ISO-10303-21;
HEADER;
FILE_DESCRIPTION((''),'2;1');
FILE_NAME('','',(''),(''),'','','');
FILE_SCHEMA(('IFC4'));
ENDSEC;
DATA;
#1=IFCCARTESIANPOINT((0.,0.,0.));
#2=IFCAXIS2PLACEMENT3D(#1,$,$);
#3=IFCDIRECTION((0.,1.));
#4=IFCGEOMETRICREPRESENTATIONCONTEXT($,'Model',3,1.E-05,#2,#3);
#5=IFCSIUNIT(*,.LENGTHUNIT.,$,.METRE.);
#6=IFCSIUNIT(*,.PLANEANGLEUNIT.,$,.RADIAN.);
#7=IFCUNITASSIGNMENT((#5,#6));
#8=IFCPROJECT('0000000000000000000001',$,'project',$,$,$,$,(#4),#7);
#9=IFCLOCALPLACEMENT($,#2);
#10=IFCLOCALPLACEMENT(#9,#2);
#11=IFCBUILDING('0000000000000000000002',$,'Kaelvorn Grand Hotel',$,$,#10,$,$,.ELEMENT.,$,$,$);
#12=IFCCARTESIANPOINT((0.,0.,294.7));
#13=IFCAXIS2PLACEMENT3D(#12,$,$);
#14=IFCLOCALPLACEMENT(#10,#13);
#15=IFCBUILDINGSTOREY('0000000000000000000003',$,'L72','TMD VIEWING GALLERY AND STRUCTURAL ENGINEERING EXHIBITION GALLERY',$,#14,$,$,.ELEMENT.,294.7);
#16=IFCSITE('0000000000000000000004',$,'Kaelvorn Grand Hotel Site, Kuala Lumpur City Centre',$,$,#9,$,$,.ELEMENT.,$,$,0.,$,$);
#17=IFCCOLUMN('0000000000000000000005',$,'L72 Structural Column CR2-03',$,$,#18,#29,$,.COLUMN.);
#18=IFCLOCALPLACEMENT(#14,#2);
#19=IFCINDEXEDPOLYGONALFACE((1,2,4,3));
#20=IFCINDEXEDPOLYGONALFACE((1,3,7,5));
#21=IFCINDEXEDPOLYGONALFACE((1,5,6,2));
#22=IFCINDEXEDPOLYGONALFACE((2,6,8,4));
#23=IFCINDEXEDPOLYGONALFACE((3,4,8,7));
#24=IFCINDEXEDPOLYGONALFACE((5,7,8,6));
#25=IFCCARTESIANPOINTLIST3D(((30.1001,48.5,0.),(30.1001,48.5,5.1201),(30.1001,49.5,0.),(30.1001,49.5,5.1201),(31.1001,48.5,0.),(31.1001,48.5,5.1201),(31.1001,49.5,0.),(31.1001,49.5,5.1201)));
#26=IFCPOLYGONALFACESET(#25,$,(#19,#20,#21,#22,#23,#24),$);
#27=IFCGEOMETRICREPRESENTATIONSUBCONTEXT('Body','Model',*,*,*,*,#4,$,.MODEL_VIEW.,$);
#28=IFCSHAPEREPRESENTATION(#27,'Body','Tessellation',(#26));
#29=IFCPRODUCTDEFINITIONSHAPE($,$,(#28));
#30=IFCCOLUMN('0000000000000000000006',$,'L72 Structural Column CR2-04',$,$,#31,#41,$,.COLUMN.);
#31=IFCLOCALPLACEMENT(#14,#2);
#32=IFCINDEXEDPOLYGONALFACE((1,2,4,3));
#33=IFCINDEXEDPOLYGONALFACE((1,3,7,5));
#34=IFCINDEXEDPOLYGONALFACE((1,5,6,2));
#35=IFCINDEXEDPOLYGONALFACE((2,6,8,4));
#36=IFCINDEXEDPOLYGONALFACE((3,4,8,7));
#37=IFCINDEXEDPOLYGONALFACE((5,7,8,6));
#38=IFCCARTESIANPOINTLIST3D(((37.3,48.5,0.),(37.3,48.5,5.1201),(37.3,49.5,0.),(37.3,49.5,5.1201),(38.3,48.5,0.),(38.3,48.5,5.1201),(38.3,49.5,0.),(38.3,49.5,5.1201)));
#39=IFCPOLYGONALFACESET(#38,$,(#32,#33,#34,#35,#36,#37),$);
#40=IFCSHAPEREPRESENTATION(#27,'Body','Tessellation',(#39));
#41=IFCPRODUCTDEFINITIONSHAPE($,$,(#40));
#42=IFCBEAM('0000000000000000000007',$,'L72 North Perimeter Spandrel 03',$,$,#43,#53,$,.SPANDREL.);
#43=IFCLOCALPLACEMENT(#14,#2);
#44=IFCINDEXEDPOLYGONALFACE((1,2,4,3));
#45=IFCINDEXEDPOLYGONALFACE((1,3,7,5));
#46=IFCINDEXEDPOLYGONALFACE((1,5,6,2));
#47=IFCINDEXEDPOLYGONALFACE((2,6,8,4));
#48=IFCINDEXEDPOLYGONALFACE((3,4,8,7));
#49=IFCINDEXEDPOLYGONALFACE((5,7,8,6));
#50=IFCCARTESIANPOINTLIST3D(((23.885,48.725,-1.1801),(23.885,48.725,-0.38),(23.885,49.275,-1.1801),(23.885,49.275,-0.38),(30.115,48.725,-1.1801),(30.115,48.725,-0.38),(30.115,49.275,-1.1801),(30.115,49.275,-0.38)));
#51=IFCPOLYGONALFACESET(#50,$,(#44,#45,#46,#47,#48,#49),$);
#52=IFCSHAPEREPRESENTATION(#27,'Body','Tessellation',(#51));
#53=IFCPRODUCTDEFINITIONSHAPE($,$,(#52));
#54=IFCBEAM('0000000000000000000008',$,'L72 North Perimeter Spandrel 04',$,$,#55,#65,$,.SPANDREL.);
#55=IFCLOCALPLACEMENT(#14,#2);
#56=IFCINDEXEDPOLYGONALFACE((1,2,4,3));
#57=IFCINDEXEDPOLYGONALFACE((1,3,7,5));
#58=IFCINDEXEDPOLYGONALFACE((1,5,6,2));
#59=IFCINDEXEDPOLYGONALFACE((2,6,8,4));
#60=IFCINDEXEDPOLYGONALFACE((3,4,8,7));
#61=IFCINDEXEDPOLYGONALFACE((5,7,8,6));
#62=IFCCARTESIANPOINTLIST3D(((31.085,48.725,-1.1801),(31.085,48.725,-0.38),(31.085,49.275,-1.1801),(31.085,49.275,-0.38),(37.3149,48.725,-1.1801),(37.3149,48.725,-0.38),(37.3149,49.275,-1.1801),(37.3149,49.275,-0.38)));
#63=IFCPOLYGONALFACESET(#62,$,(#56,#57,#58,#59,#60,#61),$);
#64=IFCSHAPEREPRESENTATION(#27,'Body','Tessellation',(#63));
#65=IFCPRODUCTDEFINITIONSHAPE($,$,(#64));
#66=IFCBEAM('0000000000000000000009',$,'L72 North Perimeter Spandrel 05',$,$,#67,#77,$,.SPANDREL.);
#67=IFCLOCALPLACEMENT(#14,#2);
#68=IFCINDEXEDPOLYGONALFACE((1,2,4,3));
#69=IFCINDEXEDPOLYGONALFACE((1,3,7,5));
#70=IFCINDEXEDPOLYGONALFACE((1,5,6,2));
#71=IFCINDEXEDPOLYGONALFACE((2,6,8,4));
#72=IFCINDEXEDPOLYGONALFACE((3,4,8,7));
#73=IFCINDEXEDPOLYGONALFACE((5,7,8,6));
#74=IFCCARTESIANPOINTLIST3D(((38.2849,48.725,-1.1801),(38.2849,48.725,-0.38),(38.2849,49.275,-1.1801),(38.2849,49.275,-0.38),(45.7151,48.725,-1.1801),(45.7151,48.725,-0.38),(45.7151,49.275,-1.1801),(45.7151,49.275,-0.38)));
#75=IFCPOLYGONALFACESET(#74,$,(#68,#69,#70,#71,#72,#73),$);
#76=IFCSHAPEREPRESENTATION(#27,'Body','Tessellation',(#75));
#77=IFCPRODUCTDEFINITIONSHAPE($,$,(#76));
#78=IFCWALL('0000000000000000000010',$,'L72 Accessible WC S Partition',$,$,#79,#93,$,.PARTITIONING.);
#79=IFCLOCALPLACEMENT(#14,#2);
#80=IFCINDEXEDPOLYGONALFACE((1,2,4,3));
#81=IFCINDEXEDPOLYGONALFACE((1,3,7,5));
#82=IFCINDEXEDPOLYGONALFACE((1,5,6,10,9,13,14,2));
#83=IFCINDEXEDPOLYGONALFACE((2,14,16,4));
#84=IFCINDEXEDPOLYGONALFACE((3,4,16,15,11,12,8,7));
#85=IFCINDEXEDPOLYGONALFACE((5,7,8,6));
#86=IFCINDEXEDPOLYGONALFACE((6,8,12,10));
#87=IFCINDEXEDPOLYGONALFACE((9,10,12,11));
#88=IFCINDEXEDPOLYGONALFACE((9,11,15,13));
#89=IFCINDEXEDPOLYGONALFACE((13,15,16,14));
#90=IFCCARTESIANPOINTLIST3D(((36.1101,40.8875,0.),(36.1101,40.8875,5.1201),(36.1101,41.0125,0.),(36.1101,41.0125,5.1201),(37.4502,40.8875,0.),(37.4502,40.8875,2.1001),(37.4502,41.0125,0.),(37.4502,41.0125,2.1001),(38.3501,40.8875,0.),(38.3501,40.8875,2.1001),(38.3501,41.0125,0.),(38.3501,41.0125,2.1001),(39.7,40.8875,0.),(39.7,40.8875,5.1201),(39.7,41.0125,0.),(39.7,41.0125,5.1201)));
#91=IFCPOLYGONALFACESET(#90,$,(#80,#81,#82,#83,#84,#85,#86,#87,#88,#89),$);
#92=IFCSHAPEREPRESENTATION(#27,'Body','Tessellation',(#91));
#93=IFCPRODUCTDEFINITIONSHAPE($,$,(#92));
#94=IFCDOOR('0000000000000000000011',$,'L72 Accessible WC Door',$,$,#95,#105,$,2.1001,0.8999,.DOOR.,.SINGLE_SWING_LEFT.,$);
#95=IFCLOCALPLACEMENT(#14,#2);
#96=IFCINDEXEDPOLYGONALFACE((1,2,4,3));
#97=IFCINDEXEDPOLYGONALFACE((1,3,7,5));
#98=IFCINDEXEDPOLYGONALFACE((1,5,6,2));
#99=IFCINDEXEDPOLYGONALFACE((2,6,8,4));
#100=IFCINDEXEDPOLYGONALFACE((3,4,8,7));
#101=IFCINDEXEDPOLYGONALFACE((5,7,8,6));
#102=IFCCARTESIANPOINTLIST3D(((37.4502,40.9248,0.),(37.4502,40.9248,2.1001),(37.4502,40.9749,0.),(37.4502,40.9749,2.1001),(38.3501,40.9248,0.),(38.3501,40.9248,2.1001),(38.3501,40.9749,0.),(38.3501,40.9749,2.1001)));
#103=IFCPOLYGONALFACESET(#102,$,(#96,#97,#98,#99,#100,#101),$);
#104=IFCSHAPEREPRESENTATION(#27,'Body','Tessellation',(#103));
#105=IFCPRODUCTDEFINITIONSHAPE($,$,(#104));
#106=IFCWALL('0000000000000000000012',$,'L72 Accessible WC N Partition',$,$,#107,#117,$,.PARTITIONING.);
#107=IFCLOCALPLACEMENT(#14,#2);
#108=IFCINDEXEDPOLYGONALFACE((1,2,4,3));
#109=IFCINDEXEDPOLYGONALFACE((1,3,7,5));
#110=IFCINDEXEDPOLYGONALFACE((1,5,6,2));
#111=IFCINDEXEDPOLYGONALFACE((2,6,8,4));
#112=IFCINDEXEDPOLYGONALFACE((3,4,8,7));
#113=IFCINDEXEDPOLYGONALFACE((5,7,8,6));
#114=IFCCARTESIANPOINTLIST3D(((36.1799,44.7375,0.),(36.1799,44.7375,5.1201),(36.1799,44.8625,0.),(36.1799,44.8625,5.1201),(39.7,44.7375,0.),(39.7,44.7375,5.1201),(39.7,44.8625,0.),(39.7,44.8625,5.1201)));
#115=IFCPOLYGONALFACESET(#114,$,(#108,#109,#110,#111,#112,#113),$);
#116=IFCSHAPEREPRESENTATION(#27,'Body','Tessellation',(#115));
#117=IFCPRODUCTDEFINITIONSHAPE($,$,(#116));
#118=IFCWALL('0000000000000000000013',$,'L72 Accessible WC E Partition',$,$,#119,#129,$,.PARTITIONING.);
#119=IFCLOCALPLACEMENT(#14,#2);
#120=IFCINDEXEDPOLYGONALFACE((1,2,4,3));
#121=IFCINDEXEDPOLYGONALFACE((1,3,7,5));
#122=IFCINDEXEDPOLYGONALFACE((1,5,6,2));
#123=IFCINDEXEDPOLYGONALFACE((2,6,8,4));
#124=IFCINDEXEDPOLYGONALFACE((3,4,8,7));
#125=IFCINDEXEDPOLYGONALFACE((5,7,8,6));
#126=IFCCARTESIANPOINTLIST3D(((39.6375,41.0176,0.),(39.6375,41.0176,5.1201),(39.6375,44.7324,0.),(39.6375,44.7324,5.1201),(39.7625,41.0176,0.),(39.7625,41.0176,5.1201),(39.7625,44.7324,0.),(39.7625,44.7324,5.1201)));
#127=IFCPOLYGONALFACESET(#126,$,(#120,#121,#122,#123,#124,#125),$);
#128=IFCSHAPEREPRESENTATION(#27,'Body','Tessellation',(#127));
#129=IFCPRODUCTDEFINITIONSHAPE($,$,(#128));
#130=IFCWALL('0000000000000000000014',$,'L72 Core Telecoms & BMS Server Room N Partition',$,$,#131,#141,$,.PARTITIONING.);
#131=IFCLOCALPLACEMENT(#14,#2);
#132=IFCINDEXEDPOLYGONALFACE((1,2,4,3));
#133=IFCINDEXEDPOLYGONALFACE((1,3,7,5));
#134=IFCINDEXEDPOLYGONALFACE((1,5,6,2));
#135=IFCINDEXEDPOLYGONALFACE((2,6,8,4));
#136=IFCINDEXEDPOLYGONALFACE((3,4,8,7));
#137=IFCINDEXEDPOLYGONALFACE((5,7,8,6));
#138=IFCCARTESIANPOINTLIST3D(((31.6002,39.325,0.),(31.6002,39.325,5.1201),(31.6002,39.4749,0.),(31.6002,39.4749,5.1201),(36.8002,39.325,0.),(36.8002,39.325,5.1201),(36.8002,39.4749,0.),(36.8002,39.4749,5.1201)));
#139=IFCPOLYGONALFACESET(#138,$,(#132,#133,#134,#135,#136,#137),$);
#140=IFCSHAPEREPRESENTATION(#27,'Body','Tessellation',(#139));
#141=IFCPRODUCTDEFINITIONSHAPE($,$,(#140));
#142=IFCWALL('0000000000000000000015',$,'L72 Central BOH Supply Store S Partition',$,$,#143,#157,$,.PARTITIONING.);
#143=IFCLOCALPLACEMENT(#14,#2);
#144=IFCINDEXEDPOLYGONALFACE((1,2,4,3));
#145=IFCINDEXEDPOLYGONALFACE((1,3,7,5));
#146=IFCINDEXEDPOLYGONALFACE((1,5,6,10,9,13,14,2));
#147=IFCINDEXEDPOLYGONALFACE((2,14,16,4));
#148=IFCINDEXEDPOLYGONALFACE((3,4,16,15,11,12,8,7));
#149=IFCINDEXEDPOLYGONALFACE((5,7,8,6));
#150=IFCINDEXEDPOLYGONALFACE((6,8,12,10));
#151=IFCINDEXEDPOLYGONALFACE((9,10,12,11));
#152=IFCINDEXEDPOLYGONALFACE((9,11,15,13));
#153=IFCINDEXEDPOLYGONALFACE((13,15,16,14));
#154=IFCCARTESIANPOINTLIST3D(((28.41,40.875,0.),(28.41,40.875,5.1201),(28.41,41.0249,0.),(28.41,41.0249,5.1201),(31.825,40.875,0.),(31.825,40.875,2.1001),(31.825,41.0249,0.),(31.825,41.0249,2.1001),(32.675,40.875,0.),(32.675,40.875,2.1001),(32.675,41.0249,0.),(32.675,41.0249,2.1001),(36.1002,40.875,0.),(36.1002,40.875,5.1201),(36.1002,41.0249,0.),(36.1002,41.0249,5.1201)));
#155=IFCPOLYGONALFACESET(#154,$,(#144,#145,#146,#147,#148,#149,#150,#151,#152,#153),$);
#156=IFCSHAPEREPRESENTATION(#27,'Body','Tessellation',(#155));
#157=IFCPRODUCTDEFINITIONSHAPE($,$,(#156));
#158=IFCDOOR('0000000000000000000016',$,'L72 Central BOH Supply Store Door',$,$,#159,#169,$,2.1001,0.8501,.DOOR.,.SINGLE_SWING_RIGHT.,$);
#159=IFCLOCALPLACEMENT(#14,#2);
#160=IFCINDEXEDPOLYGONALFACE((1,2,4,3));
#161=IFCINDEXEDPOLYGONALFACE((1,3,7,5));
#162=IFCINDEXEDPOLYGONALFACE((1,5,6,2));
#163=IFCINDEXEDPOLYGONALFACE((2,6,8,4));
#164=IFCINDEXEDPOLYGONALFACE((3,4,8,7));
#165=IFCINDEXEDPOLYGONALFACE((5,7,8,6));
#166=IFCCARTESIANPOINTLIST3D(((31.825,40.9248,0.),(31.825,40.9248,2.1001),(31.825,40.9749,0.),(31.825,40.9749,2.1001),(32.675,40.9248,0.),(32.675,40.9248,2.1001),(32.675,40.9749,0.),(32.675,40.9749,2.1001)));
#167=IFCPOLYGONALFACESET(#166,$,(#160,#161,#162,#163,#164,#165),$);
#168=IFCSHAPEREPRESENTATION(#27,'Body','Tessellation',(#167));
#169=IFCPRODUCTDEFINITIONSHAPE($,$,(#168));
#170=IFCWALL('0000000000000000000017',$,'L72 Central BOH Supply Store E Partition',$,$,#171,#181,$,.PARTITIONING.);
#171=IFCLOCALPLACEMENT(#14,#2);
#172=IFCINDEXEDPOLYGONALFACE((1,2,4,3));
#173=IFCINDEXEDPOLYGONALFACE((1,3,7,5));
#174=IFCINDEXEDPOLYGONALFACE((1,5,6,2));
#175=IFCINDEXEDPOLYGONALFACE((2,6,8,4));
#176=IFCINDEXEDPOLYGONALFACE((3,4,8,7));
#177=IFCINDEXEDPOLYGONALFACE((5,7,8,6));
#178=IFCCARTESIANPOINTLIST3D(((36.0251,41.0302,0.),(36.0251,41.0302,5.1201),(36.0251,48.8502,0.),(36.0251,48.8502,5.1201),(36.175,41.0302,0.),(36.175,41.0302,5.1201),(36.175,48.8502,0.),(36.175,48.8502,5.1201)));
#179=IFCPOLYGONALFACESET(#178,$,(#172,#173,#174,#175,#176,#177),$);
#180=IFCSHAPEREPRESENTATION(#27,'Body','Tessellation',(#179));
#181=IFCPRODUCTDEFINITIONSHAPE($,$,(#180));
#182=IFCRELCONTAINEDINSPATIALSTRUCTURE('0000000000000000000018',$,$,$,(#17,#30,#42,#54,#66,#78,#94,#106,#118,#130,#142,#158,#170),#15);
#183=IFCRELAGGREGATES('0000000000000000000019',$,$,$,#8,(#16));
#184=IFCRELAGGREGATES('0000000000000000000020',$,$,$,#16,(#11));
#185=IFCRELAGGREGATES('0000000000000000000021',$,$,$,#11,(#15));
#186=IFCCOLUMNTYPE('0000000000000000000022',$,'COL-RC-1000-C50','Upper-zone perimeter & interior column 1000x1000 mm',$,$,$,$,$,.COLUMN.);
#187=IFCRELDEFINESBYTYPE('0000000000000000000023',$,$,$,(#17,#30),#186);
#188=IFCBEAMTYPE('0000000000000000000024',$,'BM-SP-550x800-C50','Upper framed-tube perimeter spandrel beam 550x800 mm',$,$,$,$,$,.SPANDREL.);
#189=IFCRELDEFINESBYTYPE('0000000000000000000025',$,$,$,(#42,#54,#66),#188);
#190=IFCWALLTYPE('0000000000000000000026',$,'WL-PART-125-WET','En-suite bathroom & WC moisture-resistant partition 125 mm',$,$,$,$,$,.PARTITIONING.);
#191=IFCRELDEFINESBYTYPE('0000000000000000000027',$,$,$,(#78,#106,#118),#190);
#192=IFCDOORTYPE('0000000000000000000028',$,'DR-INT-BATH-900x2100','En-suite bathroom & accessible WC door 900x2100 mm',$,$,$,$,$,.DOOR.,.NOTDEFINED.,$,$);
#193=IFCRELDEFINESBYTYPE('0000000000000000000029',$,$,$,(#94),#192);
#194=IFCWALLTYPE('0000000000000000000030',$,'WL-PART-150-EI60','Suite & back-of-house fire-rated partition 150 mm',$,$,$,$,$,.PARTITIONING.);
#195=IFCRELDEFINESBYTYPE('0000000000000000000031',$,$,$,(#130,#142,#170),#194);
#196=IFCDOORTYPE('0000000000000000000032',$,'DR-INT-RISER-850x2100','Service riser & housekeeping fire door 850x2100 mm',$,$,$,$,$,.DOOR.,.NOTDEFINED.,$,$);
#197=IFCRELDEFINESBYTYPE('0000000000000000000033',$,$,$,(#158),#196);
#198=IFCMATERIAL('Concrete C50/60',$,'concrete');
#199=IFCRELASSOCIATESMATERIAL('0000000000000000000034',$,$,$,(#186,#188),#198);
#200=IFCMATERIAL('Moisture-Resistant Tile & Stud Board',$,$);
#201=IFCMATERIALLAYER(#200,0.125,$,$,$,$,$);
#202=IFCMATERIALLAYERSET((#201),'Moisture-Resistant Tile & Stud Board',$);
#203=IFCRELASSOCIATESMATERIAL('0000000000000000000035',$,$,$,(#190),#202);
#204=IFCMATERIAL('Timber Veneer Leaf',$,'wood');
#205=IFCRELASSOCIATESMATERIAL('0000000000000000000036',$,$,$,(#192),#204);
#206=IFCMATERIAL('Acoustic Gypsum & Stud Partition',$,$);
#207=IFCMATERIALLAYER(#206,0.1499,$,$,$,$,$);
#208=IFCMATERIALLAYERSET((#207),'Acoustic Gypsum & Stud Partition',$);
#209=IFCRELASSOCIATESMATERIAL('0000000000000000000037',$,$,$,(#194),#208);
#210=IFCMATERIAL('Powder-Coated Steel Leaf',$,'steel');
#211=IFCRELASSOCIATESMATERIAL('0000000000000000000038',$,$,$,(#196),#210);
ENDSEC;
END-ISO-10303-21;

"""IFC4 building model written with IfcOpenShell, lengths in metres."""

from ifc_helpers import new_model, si_unit, direction, frame, frame_2d, origin, origin_2d, place, context, subcontext, project, spatial, rectangle, extrude, material, layer, layer_set, material_profile, profile_set, type_object, element, fill, save


model = new_model("IFC4")

# Units and contexts
model_context = context("Model", 3, precision=1e-05, world=origin(), true_north=direction((0.0, 1.0)))
body_context = subcontext(model_context, "Body", "Model", "MODEL_VIEW")
ifc_project = project(units=[si_unit("LENGTHUNIT", "METRE"), si_unit("PLANEANGLEUNIT", "RADIAN")], contexts=[model_context])

# Site, building, storey
site_placement = place(None, origin())
site = spatial("IfcSite", under=ifc_project, at=site_placement, Name="Kaelvorn Grand Hotel Site, Kuala Lumpur City Centre", CompositionType="ELEMENT", RefElevation=0.0)
building_placement = place(site_placement, origin())
building = spatial("IfcBuilding", under=site, at=building_placement, Name="Kaelvorn Grand Hotel", CompositionType="ELEMENT")
storey_placement = place(building_placement, frame((0.0, 0.0, 294.7)))
storey = spatial("IfcBuildingStorey", under=building, at=storey_placement, Name="L72", Description="TMD VIEWING GALLERY AND STRUCTURAL ENGINEERING EXHIBITION GALLERY", CompositionType="ELEMENT", Elevation=294.7)

# Columns
ifc_material_1 = material(Name="Concrete C50/60", Category="concrete")
ifc_material_profile_1 = material_profile(ifc_material_1, rectangle(XDim=1.0, YDim=1.0, at=origin_2d()), Name="RC COL 1000x1000")
ifc_profile_set_1 = profile_set([ifc_material_profile_1], Name="Concrete C50/60")
column_type = type_object("IfcColumnType", Name="COL-RC-1000-C50", Description="Upper-zone perimeter & interior column 1000x1000 mm", PredefinedType="COLUMN", material=ifc_profile_set_1)
for number, where, z_axis, x_axis, name in (
    (1, (30.6001, 49.0, 0.0), (0.0, 0.0, 1.0), (1.0, 0.0, 0.0), "L72 Structural Column CR2-03"),
    (2, (37.8, 49.0, 0.0), (0.0, 0.0, 1.0), (1.0, 0.0, 0.0), "L72 Structural Column CR2-04"),
):
    element("IfcColumn", number, at=place(storey_placement, frame(where, z_axis=z_axis, x_axis=x_axis)), inside=storey, type_object=column_type, Name=name, PredefinedType="COLUMN", context=body_context, shape_type="SweptSolid", body=[
        extrude(rectangle(XDim=1.0, YDim=1.0, at=origin_2d()), origin(), (0.0, 0.0, 1.0), 5.1201),
    ])

# Beams
ifc_material_profile_2 = material_profile(ifc_material_1, rectangle(XDim=0.55, YDim=0.8, at=origin_2d()), Name="RC SPANDREL 550x800")
ifc_profile_set_2 = profile_set([ifc_material_profile_2], Name="Concrete C50/60")
beam_type = type_object("IfcBeamType", Name="BM-SP-550x800-C50", Description="Upper framed-tube perimeter spandrel beam 550x800 mm", PredefinedType="SPANDREL", material=ifc_profile_set_2)
for number, where, z_axis, x_axis, name in (
    (3, (23.885, 49.0, -0.78), (1.0, 0.0, 0.0), (0.0, 1.0, 0.0), "L72 North Perimeter Spandrel 03"),
    (4, (31.085, 49.0, -0.78), (1.0, 0.0, 0.0), (0.0, 1.0, 0.0), "L72 North Perimeter Spandrel 04"),
):
    element("IfcBeam", number, at=place(storey_placement, frame(where, z_axis=z_axis, x_axis=x_axis)), inside=storey, type_object=beam_type, Name=name, PredefinedType="SPANDREL", context=body_context, shape_type="SweptSolid", body=[
        extrude(rectangle(XDim=0.55, YDim=0.8, at=origin_2d()), origin(), (0.0, 0.0, 1.0), 6.23),
    ])
beam_placement = place(storey_placement, frame((38.2849, 49.0, -0.78), z_axis=(1.0, 0.0, 0.0), x_axis=(0.0, 1.0, 0.0)))
element("IfcBeam", 5, at=beam_placement, inside=storey, type_object=beam_type, Name="L72 North Perimeter Spandrel 05", PredefinedType="SPANDREL", context=body_context, shape_type="SweptSolid", body=[
    extrude(rectangle(XDim=0.55, YDim=0.8, at=origin_2d()), origin(), (0.0, 0.0, 1.0), 7.4302),
])

# Wall, opening, door
ifc_material_2 = material(Name="Moisture-Resistant Tile & Stud Board")
ifc_layer_1 = layer(ifc_material_2, 0.125)
ifc_layer_set_1 = layer_set([ifc_layer_1], Name="Moisture-Resistant Tile & Stud Board")
wall_type_1 = type_object("IfcWallType", Name="WL-PART-125-WET", Description="En-suite bathroom & WC moisture-resistant partition 125 mm", PredefinedType="PARTITIONING", material=ifc_layer_set_1)
wall_1_placement = place(storey_placement, frame((36.1101, 40.95, 0.0), z_axis=(0.0, 0.0, 1.0), x_axis=(1.0, 0.0, 0.0)))
wall_1 = element("IfcWall", 6, at=wall_1_placement, inside=storey, type_object=wall_type_1, Name="L72 Accessible WC S Partition", PredefinedType="PARTITIONING", context=body_context, shape_type="SweptSolid", body=[
    extrude(rectangle(XDim=3.5898, YDim=0.125, at=frame_2d((1.7949, 0.0))), origin(), (0.0, 0.0, 1.0), 5.1201),
])
opening_1_placement = place(wall_1_placement, frame((1.3401, 0.0, 0.0)))
opening_1 = element("IfcOpeningElement", 7, at=opening_1_placement, cuts=wall_1, PredefinedType="OPENING", context=body_context, shape_type="SweptSolid", body=[
    extrude(rectangle(XDim=0.8999, YDim=2.1001, at=frame_2d((0.45, 1.05))), frame((0.0, 0.0725, 0.0), z_axis=(0.0, -1.0, 0.0), x_axis=(1.0, 0.0, 0.0)), (0.0, 0.0, 1.0), 0.145),
])
ifc_material_3 = material(Name="Timber Veneer Leaf", Category="wood")
door_type_1 = type_object("IfcDoorType", Name="DR-INT-BATH-900x2100", Description="En-suite bathroom & accessible WC door 900x2100 mm", OperationType="NOTDEFINED", PredefinedType="DOOR", material=ifc_material_3)
door_1_placement = place(opening_1_placement, origin())
door_1 = element("IfcDoor", 8, at=door_1_placement, inside=storey, type_object=door_type_1, Name="L72 Accessible WC Door", OperationType="SINGLE_SWING_LEFT", OverallHeight=2.1001, OverallWidth=0.8999, PredefinedType="DOOR", context=body_context, shape_type="SweptSolid", body=[
    extrude(rectangle(XDim=0.8999, YDim=2.1001, at=frame_2d((0.45, 1.05))), frame((0.0, 0.0249, 0.0), z_axis=(0.0, -1.0, 0.0), x_axis=(1.0, 0.0, 0.0)), (0.0, 0.0, 1.0), 0.05),
])
fill(opening_1, door_1)

# Walls
wall_2_placement = place(storey_placement, frame((36.1799, 44.8, 0.0), z_axis=(0.0, 0.0, 1.0), x_axis=(1.0, 0.0, 0.0)))
element("IfcWall", 9, at=wall_2_placement, inside=storey, type_object=wall_type_1, Name="L72 Accessible WC N Partition", PredefinedType="PARTITIONING", context=body_context, shape_type="SweptSolid", body=[
    extrude(rectangle(XDim=3.52, YDim=0.125, at=frame_2d((1.76, 0.0))), origin(), (0.0, 0.0, 1.0), 5.1201),
])
wall_3_placement = place(storey_placement, frame((39.7, 41.0176, 0.0), z_axis=(0.0, 0.0, 1.0), x_axis=(0.0, 1.0, 0.0)))
element("IfcWall", 10, at=wall_3_placement, inside=storey, type_object=wall_type_1, Name="L72 Accessible WC E Partition", PredefinedType="PARTITIONING", context=body_context, shape_type="SweptSolid", body=[
    extrude(rectangle(XDim=3.7148, YDim=0.125, at=frame_2d((1.8574, 0.0))), origin(), (0.0, 0.0, 1.0), 5.1201),
])
ifc_material_4 = material(Name="Acoustic Gypsum & Stud Partition")
ifc_layer_2 = layer(ifc_material_4, 0.1499)
ifc_layer_set_2 = layer_set([ifc_layer_2], Name="Acoustic Gypsum & Stud Partition")
wall_type_2 = type_object("IfcWallType", Name="WL-PART-150-EI60", Description="Suite & back-of-house fire-rated partition 150 mm", PredefinedType="PARTITIONING", material=ifc_layer_set_2)
wall_4_placement = place(storey_placement, frame((31.6001, 39.3999, 0.0), z_axis=(0.0, 0.0, 1.0), x_axis=(1.0, 0.0, 0.0)))
element("IfcWall", 11, at=wall_4_placement, inside=storey, type_object=wall_type_2, Name="L72 Core Telecoms & BMS Server Room N Partition", PredefinedType="PARTITIONING", context=body_context, shape_type="SweptSolid", body=[
    extrude(rectangle(XDim=5.2, YDim=0.1499, at=frame_2d((2.6001, 0.0))), origin(), (0.0, 0.0, 1.0), 5.1201),
])

# Wall, opening, door
wall_5_placement = place(storey_placement, frame((28.4099, 40.95, 0.0), z_axis=(0.0, 0.0, 1.0), x_axis=(1.0, 0.0, 0.0)))
wall_5 = element("IfcWall", 12, at=wall_5_placement, inside=storey, type_object=wall_type_2, Name="L72 Central BOH Supply Store S Partition", PredefinedType="PARTITIONING", context=body_context, shape_type="SweptSolid", body=[
    extrude(rectangle(XDim=7.6902, YDim=0.1499, at=frame_2d((3.8452, 0.0))), origin(), (0.0, 0.0, 1.0), 5.1201),
])
opening_2_placement = place(wall_5_placement, frame((3.415, 0.0, 0.0)))
opening_2 = element("IfcOpeningElement", 13, at=opening_2_placement, cuts=wall_5, PredefinedType="OPENING", context=body_context, shape_type="SweptSolid", body=[
    extrude(rectangle(XDim=0.8501, YDim=2.1001, at=frame_2d((0.425, 1.05))), frame((0.0, 0.085, 0.0), z_axis=(0.0, -1.0, 0.0), x_axis=(1.0, 0.0, 0.0)), (0.0, 0.0, 1.0), 0.1699),
])
ifc_material_5 = material(Name="Powder-Coated Steel Leaf", Category="steel")
door_type_2 = type_object("IfcDoorType", Name="DR-INT-RISER-850x2100", Description="Service riser & housekeeping fire door 850x2100 mm", OperationType="NOTDEFINED", PredefinedType="DOOR", material=ifc_material_5)
door_2_placement = place(opening_2_placement, origin())
door_2 = element("IfcDoor", 14, at=door_2_placement, inside=storey, type_object=door_type_2, Name="L72 Central BOH Supply Store Door", OperationType="SINGLE_SWING_RIGHT", OverallHeight=2.1001, OverallWidth=0.8501, PredefinedType="DOOR", context=body_context, shape_type="SweptSolid", body=[
    extrude(rectangle(XDim=0.8501, YDim=2.1001, at=frame_2d((0.425, 1.05))), frame((0.0, 0.0249, 0.0), z_axis=(0.0, -1.0, 0.0), x_axis=(1.0, 0.0, 0.0)), (0.0, 0.0, 1.0), 0.05),
])
fill(opening_2, door_2)

# Wall
wall_6_placement = place(storey_placement, frame((36.1001, 41.03, 0.0), z_axis=(0.0, 0.0, 1.0), x_axis=(0.0, 1.0, 0.0)))
element("IfcWall", 15, at=wall_6_placement, inside=storey, type_object=wall_type_2, Name="L72 Central BOH Supply Store E Partition", PredefinedType="PARTITIONING", context=body_context, shape_type="SweptSolid", body=[
    extrude(rectangle(XDim=7.8201, YDim=0.1499, at=frame_2d((3.9102, 0.0))), origin(), (0.0, 0.0, 1.0), 5.1201),
])

save(model, "model.ifc")
